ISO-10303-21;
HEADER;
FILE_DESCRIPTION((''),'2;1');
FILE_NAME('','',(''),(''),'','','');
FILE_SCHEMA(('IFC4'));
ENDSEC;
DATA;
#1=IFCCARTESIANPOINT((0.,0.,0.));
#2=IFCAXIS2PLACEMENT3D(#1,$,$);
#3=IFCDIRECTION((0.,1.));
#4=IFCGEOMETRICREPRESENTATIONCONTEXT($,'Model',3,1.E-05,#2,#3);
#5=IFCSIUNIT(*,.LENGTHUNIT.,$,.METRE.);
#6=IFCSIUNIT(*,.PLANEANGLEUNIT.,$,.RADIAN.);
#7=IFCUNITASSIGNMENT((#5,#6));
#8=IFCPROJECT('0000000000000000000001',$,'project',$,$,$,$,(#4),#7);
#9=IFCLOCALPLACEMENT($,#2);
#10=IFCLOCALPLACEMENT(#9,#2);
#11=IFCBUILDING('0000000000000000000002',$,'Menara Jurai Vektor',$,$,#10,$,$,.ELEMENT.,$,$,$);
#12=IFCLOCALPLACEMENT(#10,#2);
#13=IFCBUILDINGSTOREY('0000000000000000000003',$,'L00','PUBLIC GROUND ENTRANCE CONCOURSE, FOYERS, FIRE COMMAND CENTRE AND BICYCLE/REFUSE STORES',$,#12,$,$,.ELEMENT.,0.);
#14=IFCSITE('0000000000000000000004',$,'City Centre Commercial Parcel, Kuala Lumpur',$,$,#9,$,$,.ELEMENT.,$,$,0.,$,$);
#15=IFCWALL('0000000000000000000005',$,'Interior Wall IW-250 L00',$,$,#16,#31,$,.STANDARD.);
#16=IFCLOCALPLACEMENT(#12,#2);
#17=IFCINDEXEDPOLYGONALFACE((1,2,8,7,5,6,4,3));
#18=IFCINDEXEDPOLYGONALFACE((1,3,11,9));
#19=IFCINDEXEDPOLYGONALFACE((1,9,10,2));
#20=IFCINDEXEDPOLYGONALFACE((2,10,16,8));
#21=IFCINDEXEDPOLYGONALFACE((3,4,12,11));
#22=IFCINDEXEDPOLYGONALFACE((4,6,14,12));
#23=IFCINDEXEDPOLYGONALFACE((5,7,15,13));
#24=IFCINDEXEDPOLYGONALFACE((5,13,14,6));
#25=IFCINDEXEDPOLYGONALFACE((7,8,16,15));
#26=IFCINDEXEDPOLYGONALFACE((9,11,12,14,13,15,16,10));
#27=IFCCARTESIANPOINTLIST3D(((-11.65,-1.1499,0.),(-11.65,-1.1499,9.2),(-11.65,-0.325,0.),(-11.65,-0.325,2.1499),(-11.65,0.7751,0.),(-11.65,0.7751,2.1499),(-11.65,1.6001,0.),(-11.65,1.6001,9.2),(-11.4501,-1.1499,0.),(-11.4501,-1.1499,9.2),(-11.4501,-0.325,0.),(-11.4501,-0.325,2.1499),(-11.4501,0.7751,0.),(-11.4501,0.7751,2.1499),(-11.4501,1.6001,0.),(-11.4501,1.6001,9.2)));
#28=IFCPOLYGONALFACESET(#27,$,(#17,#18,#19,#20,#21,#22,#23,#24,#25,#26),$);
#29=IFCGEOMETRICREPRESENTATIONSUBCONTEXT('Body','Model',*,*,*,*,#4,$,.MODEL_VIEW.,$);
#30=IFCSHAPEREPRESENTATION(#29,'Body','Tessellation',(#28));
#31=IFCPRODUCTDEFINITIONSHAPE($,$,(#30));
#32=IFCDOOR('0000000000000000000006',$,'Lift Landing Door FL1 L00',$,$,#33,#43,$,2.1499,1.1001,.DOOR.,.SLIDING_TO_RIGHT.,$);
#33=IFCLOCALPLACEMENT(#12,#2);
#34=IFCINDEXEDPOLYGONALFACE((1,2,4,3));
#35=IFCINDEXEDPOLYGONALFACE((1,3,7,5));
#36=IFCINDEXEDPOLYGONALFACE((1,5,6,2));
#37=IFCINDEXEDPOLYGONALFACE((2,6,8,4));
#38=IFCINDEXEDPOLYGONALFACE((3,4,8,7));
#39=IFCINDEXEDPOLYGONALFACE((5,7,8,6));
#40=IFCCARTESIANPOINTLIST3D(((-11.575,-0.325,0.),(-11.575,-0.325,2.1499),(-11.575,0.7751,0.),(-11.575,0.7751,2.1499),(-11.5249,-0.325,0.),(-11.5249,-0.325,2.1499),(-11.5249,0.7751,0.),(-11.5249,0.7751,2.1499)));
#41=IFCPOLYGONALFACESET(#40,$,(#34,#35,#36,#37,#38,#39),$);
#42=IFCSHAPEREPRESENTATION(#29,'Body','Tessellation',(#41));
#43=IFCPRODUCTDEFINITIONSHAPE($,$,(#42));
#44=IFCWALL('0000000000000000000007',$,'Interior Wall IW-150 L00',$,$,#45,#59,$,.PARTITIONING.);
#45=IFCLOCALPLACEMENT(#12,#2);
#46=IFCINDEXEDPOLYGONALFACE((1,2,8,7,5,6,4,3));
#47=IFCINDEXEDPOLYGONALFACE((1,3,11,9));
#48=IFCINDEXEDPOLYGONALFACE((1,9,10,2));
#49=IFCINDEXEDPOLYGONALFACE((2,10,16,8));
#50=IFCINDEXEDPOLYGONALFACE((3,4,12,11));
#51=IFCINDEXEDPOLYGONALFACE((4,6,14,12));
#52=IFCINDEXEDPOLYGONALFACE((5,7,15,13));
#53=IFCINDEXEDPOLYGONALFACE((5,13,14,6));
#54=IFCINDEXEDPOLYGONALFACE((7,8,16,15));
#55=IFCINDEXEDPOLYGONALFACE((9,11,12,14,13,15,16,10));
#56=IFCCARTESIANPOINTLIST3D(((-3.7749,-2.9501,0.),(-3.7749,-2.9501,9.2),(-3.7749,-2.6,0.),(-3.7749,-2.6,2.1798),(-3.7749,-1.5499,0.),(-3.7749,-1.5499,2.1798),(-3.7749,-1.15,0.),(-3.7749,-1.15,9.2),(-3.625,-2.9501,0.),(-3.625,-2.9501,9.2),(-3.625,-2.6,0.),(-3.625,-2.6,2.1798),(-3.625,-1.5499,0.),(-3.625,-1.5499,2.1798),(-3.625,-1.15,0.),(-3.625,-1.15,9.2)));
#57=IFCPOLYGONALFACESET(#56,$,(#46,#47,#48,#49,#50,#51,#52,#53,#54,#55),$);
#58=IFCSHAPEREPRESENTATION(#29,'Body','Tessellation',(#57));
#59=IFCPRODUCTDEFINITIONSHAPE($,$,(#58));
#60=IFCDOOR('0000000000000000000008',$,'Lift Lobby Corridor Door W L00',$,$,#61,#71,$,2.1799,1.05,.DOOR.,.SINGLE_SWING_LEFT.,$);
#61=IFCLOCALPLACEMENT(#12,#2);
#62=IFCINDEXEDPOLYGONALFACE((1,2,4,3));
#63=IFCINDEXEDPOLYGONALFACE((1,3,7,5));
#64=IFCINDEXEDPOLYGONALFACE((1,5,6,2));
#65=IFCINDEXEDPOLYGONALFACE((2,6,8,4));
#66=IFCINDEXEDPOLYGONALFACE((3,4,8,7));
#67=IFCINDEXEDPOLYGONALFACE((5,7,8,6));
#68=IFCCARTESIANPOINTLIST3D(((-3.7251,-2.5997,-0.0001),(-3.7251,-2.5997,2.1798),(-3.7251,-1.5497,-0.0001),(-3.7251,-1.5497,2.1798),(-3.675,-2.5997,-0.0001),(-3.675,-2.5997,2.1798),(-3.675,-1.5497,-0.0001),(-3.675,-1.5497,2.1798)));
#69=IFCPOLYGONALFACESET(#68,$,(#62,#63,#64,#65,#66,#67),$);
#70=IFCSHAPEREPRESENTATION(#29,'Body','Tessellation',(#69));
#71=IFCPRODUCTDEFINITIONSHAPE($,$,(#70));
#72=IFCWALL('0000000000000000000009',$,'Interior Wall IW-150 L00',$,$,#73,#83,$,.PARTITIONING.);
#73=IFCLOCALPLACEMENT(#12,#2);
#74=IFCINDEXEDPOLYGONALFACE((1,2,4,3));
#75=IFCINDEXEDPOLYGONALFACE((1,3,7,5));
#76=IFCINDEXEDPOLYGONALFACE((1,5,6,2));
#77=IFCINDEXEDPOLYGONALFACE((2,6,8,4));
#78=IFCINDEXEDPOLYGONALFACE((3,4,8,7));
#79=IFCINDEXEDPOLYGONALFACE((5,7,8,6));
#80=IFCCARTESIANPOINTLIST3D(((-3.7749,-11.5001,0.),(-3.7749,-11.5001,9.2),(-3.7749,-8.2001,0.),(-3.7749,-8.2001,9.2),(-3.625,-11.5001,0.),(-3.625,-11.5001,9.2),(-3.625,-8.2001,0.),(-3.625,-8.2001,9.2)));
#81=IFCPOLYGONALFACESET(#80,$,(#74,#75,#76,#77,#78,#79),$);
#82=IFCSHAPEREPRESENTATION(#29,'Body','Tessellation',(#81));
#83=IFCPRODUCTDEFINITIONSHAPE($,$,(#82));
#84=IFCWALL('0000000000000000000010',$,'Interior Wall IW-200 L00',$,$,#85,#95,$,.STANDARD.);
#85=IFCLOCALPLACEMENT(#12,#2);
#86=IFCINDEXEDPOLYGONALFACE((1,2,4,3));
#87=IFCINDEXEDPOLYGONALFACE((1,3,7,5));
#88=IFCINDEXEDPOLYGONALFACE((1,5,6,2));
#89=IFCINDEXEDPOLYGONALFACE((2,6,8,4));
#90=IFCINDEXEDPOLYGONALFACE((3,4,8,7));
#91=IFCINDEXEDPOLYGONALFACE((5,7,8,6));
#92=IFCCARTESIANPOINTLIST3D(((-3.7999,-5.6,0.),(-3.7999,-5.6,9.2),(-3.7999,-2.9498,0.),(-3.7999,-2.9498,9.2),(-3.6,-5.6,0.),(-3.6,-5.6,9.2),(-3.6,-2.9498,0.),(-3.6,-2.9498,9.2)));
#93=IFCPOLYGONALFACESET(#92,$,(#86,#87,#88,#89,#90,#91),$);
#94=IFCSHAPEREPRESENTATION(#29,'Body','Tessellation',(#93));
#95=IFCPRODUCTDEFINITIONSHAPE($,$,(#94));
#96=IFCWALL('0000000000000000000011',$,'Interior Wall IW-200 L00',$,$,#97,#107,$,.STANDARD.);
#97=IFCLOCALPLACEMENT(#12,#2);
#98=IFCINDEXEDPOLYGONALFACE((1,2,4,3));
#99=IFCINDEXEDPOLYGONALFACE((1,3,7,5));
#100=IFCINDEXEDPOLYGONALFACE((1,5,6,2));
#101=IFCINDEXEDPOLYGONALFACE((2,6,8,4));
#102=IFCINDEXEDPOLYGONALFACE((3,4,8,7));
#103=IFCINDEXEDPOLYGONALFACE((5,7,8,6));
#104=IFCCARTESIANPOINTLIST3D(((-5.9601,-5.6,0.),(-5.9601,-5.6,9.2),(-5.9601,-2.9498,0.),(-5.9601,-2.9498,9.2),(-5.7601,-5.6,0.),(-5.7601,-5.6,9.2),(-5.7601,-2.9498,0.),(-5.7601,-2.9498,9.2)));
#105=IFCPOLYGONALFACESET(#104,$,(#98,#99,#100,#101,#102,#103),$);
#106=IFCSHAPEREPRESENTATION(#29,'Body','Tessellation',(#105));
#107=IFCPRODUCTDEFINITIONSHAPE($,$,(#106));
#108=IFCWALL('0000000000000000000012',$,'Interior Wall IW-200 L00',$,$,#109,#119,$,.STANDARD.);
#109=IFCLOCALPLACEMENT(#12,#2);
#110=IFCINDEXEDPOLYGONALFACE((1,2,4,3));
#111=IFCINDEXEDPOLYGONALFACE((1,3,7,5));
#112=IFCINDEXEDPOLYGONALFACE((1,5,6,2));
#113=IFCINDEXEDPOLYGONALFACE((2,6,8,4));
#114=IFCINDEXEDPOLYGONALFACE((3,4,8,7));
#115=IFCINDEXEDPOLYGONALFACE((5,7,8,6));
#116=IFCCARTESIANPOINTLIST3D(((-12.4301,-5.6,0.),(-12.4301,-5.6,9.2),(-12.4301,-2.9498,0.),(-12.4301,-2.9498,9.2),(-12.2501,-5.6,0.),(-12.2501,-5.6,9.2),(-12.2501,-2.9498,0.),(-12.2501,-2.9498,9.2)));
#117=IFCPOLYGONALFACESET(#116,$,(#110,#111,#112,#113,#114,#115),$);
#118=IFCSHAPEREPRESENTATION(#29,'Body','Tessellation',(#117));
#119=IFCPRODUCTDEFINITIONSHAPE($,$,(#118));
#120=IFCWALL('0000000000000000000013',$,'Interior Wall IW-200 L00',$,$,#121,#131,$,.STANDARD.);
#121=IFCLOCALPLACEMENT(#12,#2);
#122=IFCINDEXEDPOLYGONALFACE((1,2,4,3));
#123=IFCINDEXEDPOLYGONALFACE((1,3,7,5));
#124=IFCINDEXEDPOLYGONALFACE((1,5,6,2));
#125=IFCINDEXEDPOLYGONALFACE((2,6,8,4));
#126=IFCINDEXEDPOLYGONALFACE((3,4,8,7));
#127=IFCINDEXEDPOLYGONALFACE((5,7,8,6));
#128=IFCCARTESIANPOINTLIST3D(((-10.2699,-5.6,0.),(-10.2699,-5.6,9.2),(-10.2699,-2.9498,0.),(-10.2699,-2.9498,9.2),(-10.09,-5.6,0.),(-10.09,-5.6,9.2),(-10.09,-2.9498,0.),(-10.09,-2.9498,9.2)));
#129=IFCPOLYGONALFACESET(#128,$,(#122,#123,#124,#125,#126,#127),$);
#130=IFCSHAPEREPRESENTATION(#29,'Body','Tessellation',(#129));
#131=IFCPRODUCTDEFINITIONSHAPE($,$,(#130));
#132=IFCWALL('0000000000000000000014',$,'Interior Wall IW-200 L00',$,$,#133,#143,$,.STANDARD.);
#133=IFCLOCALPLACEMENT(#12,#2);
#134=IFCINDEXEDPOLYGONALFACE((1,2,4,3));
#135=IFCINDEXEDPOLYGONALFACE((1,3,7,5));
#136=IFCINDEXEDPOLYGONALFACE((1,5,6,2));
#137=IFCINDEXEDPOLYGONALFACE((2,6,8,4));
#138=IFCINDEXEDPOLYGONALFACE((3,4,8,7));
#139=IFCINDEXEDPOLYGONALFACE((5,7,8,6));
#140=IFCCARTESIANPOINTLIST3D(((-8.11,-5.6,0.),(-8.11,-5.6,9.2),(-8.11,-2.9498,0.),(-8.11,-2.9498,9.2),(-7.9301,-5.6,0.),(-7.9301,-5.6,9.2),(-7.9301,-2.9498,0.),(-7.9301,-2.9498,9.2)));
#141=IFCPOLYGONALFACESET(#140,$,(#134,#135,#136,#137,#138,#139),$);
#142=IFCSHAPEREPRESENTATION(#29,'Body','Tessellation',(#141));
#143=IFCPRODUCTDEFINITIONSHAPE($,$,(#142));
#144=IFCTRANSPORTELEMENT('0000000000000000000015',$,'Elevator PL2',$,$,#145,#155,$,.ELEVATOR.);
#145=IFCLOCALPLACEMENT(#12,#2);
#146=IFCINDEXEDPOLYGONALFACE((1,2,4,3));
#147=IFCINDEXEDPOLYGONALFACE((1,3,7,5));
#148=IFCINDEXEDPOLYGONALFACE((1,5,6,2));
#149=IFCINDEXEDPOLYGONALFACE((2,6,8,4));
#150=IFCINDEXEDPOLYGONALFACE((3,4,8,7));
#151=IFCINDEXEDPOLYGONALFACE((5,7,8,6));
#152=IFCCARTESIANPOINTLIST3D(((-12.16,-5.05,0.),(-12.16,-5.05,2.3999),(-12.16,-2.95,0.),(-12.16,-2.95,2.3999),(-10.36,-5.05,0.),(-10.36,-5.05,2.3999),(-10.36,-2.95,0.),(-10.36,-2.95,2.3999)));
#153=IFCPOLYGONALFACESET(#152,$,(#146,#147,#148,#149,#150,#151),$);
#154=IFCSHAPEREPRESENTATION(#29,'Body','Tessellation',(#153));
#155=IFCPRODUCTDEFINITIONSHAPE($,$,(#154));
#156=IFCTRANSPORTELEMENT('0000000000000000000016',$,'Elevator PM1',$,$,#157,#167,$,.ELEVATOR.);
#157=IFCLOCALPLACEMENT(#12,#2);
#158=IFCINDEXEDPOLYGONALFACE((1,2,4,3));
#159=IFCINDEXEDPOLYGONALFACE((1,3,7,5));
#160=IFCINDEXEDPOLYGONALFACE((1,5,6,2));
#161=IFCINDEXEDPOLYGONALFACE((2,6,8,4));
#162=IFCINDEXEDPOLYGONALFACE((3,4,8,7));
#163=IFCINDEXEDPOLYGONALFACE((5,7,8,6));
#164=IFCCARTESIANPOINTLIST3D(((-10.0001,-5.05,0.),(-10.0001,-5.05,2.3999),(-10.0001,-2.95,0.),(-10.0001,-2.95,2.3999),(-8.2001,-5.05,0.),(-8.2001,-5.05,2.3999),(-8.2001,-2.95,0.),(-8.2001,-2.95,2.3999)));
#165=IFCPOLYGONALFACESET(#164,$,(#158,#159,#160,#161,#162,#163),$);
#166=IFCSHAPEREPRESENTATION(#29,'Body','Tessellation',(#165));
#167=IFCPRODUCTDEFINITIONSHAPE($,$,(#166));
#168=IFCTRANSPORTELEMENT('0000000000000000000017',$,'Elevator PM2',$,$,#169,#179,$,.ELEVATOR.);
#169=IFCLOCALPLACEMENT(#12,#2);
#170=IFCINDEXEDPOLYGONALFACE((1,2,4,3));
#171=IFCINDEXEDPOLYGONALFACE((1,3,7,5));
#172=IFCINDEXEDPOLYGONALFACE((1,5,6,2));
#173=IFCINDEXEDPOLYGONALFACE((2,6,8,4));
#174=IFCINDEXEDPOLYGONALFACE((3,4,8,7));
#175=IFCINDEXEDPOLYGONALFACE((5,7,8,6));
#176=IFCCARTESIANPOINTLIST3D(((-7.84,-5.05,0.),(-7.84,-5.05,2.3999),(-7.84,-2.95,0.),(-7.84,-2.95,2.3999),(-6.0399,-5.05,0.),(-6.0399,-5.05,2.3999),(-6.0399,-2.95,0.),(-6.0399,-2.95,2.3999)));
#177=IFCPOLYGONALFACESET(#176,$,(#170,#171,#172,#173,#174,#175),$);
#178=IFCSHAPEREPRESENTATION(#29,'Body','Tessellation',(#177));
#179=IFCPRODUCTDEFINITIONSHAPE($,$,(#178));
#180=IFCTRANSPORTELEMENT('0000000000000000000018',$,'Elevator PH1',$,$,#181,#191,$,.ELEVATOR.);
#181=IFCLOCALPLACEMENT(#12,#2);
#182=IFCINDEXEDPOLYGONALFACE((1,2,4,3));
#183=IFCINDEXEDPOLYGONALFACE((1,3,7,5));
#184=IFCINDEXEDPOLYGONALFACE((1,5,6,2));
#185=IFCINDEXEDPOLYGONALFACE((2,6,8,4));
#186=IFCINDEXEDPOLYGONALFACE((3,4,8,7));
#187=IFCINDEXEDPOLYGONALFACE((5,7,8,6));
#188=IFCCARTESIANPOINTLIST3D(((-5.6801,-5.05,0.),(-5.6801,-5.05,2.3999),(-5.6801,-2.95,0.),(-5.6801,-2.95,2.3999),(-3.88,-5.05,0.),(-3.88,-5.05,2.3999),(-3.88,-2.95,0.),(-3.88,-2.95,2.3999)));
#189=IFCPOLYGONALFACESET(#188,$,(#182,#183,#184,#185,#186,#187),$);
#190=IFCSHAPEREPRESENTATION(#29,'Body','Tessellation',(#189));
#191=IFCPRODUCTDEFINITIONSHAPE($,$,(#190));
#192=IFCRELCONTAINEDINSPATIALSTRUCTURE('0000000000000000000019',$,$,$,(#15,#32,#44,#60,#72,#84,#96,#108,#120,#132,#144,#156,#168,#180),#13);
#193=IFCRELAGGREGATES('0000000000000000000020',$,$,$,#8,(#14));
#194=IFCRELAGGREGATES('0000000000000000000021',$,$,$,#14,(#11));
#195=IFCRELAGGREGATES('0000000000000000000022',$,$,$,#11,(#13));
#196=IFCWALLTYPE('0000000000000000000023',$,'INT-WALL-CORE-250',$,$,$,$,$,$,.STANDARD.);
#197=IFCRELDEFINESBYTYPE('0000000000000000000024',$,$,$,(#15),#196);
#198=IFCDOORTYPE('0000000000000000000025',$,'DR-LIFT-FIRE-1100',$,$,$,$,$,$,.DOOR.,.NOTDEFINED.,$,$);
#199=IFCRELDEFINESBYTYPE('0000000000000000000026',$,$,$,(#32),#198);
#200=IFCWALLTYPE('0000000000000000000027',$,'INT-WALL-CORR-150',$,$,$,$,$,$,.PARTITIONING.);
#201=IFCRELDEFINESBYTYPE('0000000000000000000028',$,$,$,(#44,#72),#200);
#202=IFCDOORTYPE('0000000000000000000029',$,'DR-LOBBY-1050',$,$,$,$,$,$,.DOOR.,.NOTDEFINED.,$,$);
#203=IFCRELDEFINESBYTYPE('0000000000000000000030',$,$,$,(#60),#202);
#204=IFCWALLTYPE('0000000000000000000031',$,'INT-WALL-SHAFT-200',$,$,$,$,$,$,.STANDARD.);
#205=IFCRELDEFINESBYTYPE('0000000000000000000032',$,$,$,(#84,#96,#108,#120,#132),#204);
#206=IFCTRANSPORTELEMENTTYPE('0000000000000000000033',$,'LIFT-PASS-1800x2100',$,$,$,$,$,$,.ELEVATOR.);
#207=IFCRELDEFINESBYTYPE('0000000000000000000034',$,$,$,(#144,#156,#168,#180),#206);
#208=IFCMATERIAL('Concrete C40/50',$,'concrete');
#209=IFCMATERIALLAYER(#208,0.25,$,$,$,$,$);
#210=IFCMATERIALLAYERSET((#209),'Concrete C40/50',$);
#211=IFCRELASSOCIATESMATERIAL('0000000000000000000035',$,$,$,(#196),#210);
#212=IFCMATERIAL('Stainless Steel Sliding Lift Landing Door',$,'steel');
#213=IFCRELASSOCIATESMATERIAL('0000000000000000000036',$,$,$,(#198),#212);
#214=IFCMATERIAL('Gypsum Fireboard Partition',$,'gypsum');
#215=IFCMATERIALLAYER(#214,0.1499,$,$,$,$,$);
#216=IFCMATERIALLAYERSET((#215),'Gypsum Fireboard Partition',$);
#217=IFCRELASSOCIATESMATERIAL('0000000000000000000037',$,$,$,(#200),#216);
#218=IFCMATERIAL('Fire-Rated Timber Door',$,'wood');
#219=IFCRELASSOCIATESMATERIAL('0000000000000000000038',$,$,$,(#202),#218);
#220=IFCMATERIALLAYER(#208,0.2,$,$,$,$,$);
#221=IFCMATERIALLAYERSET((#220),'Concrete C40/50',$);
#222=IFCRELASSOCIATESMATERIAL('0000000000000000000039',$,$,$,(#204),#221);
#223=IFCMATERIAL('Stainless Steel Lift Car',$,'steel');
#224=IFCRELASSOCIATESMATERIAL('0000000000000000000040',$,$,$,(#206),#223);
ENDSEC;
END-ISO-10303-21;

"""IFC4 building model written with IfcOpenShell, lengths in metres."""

from ifc_helpers import new_model, si_unit, direction, frame, frame_2d, origin, origin_2d, place, context, subcontext, project, spatial, rectangle, extrude, material, layer, layer_set, type_object, element, fill, save


model = new_model("IFC4")

# Units and contexts
model_context = context("Model", 3, precision=1e-05, world=origin(), true_north=direction((0.0, 1.0)))
body_context = subcontext(model_context, "Body", "Model", "MODEL_VIEW")
ifc_project = project(units=[si_unit("LENGTHUNIT", "METRE"), si_unit("PLANEANGLEUNIT", "RADIAN")], contexts=[model_context])

# Site, building, storey
site_placement = place(None, origin())
site = spatial("IfcSite", under=ifc_project, at=site_placement, Name="City Centre Commercial Parcel, Kuala Lumpur", CompositionType="ELEMENT", RefElevation=0.0)
building_placement = place(site_placement, origin())
building = spatial("IfcBuilding", under=site, at=building_placement, Name="Menara Jurai Vektor", CompositionType="ELEMENT")
storey_placement = place(building_placement, origin())
storey = spatial("IfcBuildingStorey", under=building, at=storey_placement, Name="L00", Description="PUBLIC GROUND ENTRANCE CONCOURSE, FOYERS, FIRE COMMAND CENTRE AND BICYCLE/REFUSE STORES", CompositionType="ELEMENT", Elevation=0.0)

# Walls, openings, doors
ifc_material_1 = material(Name="Concrete C40/50", Category="concrete")
ifc_layer_1 = layer(ifc_material_1, 0.25)
ifc_layer_set_1 = layer_set([ifc_layer_1], Name="Concrete C40/50")
wall_type_1 = type_object("IfcWallType", Name="INT-WALL-CORE-250", PredefinedType="STANDARD", material=ifc_layer_set_1)
wall_1_placement = place(storey_placement, frame((-11.55, -1.1499, 0.0), z_axis=(0.0, 0.0, 1.0), x_axis=(0.0, 1.0, 0.0)))
wall_1 = element("IfcWall", 1, at=wall_1_placement, inside=storey, type_object=wall_type_1, Name="Interior Wall IW-250 L00", PredefinedType="STANDARD", context=body_context, shape_type="SweptSolid", body=[
    extrude(rectangle(XDim=2.75, YDim=0.2, at=frame_2d((1.375, 0.0))), origin(), (0.0, 0.0, 1.0), 9.2),
])
opening_1_placement = place(wall_1_placement, frame((0.825, 0.0, 0.0)))
opening_1 = element("IfcOpeningElement", 2, at=opening_1_placement, cuts=wall_1, PredefinedType="OPENING", context=body_context, shape_type="SweptSolid", body=[
    extrude(rectangle(XDim=1.1001, YDim=2.1499, at=frame_2d((0.55, 1.075))), frame((0.0, 0.1099, 0.0), z_axis=(0.0, -1.0, 0.0), x_axis=(1.0, 0.0, 0.0)), (0.0, 0.0, 1.0), 0.22),
])
ifc_material_2 = material(Name="Stainless Steel Sliding Lift Landing Door", Category="steel")
door_type_1 = type_object("IfcDoorType", Name="DR-LIFT-FIRE-1100", OperationType="NOTDEFINED", PredefinedType="DOOR", material=ifc_material_2)
door_1_placement = place(opening_1_placement, origin())
door_1 = element("IfcDoor", 3, at=door_1_placement, inside=storey, type_object=door_type_1, Name="Lift Landing Door FL1 L00", OperationType="SLIDING_TO_RIGHT", OverallHeight=2.1499, OverallWidth=1.1001, PredefinedType="DOOR", context=body_context, shape_type="SweptSolid", body=[
    extrude(rectangle(XDim=1.1001, YDim=2.1499, at=frame_2d((0.55, 1.075))), frame((0.0, 0.0249, 0.0), z_axis=(0.0, -1.0, 0.0), x_axis=(1.0, 0.0, 0.0)), (0.0, 0.0, 1.0), 0.05),
])
fill(opening_1, door_1)
ifc_material_3 = material(Name="Gypsum Fireboard Partition", Category="gypsum")
ifc_layer_2 = layer(ifc_material_3, 0.1499)
ifc_layer_set_2 = layer_set([ifc_layer_2], Name="Gypsum Fireboard Partition")
wall_type_2 = type_object("IfcWallType", Name="INT-WALL-CORR-150", PredefinedType="PARTITIONING", material=ifc_layer_set_2)
wall_2_placement = place(storey_placement, frame((-3.7, -2.95, 0.0), z_axis=(0.0, 0.0, 1.0), x_axis=(0.0, 1.0, 0.0)))
wall_2 = element("IfcWall", 4, at=wall_2_placement, inside=storey, type_object=wall_type_2, Name="Interior Wall IW-150 L00", PredefinedType="PARTITIONING", context=body_context, shape_type="SweptSolid", body=[
    extrude(rectangle(XDim=1.8, YDim=0.1499, at=frame_2d((0.8999, 0.0))), origin(), (0.0, 0.0, 1.0), 9.2),
])
opening_2_placement = place(wall_2_placement, frame((0.3501, 0.0, 0.0)))
opening_2 = element("IfcOpeningElement", 5, at=opening_2_placement, cuts=wall_2, PredefinedType="OPENING", context=body_context, shape_type="SweptSolid", body=[
    extrude(rectangle(XDim=1.05, YDim=2.1799, at=frame_2d((0.5249, 1.0898))), frame((0.0, 0.085, 0.0), z_axis=(0.0, -1.0, 0.0), x_axis=(1.0, 0.0, 0.0)), (0.0, 0.0, 1.0), 0.1699),
])
ifc_material_4 = material(Name="Fire-Rated Timber Door", Category="wood")
door_type_2 = type_object("IfcDoorType", Name="DR-LOBBY-1050", OperationType="NOTDEFINED", PredefinedType="DOOR", material=ifc_material_4)
door_2_placement = place(opening_2_placement, frame((1.05, 0.0, 0.0), z_axis=(0.0, 0.0, 1.0), x_axis=(-1.0, 0.0, 0.0)))
door_2 = element("IfcDoor", 6, at=door_2_placement, inside=storey, type_object=door_type_2, Name="Lift Lobby Corridor Door W L00", OperationType="SINGLE_SWING_LEFT", OverallHeight=2.1799, OverallWidth=1.05, PredefinedType="DOOR", context=body_context, shape_type="SweptSolid", body=[
    extrude(rectangle(XDim=1.05, YDim=2.1799, at=frame_2d((0.5249, 1.0898))), frame((0.0, 0.0249, 0.0), z_axis=(0.0, -1.0, 0.0), x_axis=(1.0, 0.0, 0.0)), (0.0, 0.0, 1.0), 0.05),
])
fill(opening_2, door_2)

# Walls
wall_3_placement = place(storey_placement, frame((-3.7, -11.5, 0.0), z_axis=(0.0, 0.0, 1.0), x_axis=(0.0, 1.0, 0.0)))
element("IfcWall", 7, at=wall_3_placement, inside=storey, type_object=wall_type_2, Name="Interior Wall IW-150 L00", PredefinedType="PARTITIONING", context=body_context, shape_type="SweptSolid", body=[
    extrude(rectangle(XDim=3.3, YDim=0.1499, at=frame_2d((1.6499, 0.0))), origin(), (0.0, 0.0, 1.0), 9.2),
])
ifc_layer_3 = layer(ifc_material_1, 0.2)
ifc_layer_set_3 = layer_set([ifc_layer_3], Name="Concrete C40/50")
wall_type_3 = type_object("IfcWallType", Name="INT-WALL-SHAFT-200", PredefinedType="STANDARD", material=ifc_layer_set_3)
for number, where, z_axis, x_axis, name in (
    (8, (-3.7, -5.6001, 0.0), (0.0, 0.0, 1.0), (0.0, 1.0, 0.0), "Interior Wall IW-200 L00"),
    (9, (-5.8601, -5.6001, 0.0), (0.0, 0.0, 1.0), (0.0, 1.0, 0.0), "Interior Wall IW-200 L00"),
):
    element("IfcWall", number, at=place(storey_placement, frame(where, z_axis=z_axis, x_axis=x_axis)), inside=storey, type_object=wall_type_3, Name=name, PredefinedType="STANDARD", context=body_context, shape_type="SweptSolid", body=[
        extrude(rectangle(XDim=2.6501, YDim=0.2, at=frame_2d((1.3252, 0.0))), origin(), (0.0, 0.0, 1.0), 9.2),
    ])
for number, where, z_axis, x_axis, name in (
    (10, (-12.3401, -5.6001, 0.0), (0.0, 0.0, 1.0), (0.0, 1.0, 0.0), "Interior Wall IW-200 L00"),
    (11, (-10.1799, -5.6001, 0.0), (0.0, 0.0, 1.0), (0.0, 1.0, 0.0), "Interior Wall IW-200 L00"),
    (12, (-8.02, -5.6001, 0.0), (0.0, 0.0, 1.0), (0.0, 1.0, 0.0), "Interior Wall IW-200 L00"),
):
    element("IfcWall", number, at=place(storey_placement, frame(where, z_axis=z_axis, x_axis=x_axis)), inside=storey, type_object=wall_type_3, Name=name, PredefinedType="STANDARD", context=body_context, shape_type="SweptSolid", body=[
        extrude(rectangle(XDim=2.6501, YDim=0.1799, at=frame_2d((1.3252, 0.0))), origin(), (0.0, 0.0, 1.0), 9.2),
    ])

# Transport elements
ifc_material_5 = material(Name="Stainless Steel Lift Car", Category="steel")
transport_element_type = type_object("IfcTransportElementType", Name="LIFT-PASS-1800x2100", PredefinedType="ELEVATOR", material=ifc_material_5)
for number, where, z_axis, x_axis, name in (
    (13, (-11.26, -4.0, 0.0), (0.0, 0.0, 1.0), (1.0, 0.0, 0.0), "Elevator PL2"),
    (14, (-9.1001, -4.0, 0.0), (0.0, 0.0, 1.0), (1.0, 0.0, 0.0), "Elevator PM1"),
    (15, (-6.9399, -4.0, 0.0), (0.0, 0.0, 1.0), (1.0, 0.0, 0.0), "Elevator PM2"),
    (16, (-4.78, -4.0, 0.0), (0.0, 0.0, 1.0), (1.0, 0.0, 0.0), "Elevator PH1"),
):
    element("IfcTransportElement", number, at=place(storey_placement, frame(where, z_axis=z_axis, x_axis=x_axis)), inside=storey, type_object=transport_element_type, Name=name, PredefinedType="ELEVATOR", context=body_context, shape_type="SweptSolid", body=[
        extrude(rectangle(XDim=1.8, YDim=2.1001, at=origin_2d()), origin(), (0.0, 0.0, 1.0), 2.3999),
    ])

save(model, "model.ifc")
